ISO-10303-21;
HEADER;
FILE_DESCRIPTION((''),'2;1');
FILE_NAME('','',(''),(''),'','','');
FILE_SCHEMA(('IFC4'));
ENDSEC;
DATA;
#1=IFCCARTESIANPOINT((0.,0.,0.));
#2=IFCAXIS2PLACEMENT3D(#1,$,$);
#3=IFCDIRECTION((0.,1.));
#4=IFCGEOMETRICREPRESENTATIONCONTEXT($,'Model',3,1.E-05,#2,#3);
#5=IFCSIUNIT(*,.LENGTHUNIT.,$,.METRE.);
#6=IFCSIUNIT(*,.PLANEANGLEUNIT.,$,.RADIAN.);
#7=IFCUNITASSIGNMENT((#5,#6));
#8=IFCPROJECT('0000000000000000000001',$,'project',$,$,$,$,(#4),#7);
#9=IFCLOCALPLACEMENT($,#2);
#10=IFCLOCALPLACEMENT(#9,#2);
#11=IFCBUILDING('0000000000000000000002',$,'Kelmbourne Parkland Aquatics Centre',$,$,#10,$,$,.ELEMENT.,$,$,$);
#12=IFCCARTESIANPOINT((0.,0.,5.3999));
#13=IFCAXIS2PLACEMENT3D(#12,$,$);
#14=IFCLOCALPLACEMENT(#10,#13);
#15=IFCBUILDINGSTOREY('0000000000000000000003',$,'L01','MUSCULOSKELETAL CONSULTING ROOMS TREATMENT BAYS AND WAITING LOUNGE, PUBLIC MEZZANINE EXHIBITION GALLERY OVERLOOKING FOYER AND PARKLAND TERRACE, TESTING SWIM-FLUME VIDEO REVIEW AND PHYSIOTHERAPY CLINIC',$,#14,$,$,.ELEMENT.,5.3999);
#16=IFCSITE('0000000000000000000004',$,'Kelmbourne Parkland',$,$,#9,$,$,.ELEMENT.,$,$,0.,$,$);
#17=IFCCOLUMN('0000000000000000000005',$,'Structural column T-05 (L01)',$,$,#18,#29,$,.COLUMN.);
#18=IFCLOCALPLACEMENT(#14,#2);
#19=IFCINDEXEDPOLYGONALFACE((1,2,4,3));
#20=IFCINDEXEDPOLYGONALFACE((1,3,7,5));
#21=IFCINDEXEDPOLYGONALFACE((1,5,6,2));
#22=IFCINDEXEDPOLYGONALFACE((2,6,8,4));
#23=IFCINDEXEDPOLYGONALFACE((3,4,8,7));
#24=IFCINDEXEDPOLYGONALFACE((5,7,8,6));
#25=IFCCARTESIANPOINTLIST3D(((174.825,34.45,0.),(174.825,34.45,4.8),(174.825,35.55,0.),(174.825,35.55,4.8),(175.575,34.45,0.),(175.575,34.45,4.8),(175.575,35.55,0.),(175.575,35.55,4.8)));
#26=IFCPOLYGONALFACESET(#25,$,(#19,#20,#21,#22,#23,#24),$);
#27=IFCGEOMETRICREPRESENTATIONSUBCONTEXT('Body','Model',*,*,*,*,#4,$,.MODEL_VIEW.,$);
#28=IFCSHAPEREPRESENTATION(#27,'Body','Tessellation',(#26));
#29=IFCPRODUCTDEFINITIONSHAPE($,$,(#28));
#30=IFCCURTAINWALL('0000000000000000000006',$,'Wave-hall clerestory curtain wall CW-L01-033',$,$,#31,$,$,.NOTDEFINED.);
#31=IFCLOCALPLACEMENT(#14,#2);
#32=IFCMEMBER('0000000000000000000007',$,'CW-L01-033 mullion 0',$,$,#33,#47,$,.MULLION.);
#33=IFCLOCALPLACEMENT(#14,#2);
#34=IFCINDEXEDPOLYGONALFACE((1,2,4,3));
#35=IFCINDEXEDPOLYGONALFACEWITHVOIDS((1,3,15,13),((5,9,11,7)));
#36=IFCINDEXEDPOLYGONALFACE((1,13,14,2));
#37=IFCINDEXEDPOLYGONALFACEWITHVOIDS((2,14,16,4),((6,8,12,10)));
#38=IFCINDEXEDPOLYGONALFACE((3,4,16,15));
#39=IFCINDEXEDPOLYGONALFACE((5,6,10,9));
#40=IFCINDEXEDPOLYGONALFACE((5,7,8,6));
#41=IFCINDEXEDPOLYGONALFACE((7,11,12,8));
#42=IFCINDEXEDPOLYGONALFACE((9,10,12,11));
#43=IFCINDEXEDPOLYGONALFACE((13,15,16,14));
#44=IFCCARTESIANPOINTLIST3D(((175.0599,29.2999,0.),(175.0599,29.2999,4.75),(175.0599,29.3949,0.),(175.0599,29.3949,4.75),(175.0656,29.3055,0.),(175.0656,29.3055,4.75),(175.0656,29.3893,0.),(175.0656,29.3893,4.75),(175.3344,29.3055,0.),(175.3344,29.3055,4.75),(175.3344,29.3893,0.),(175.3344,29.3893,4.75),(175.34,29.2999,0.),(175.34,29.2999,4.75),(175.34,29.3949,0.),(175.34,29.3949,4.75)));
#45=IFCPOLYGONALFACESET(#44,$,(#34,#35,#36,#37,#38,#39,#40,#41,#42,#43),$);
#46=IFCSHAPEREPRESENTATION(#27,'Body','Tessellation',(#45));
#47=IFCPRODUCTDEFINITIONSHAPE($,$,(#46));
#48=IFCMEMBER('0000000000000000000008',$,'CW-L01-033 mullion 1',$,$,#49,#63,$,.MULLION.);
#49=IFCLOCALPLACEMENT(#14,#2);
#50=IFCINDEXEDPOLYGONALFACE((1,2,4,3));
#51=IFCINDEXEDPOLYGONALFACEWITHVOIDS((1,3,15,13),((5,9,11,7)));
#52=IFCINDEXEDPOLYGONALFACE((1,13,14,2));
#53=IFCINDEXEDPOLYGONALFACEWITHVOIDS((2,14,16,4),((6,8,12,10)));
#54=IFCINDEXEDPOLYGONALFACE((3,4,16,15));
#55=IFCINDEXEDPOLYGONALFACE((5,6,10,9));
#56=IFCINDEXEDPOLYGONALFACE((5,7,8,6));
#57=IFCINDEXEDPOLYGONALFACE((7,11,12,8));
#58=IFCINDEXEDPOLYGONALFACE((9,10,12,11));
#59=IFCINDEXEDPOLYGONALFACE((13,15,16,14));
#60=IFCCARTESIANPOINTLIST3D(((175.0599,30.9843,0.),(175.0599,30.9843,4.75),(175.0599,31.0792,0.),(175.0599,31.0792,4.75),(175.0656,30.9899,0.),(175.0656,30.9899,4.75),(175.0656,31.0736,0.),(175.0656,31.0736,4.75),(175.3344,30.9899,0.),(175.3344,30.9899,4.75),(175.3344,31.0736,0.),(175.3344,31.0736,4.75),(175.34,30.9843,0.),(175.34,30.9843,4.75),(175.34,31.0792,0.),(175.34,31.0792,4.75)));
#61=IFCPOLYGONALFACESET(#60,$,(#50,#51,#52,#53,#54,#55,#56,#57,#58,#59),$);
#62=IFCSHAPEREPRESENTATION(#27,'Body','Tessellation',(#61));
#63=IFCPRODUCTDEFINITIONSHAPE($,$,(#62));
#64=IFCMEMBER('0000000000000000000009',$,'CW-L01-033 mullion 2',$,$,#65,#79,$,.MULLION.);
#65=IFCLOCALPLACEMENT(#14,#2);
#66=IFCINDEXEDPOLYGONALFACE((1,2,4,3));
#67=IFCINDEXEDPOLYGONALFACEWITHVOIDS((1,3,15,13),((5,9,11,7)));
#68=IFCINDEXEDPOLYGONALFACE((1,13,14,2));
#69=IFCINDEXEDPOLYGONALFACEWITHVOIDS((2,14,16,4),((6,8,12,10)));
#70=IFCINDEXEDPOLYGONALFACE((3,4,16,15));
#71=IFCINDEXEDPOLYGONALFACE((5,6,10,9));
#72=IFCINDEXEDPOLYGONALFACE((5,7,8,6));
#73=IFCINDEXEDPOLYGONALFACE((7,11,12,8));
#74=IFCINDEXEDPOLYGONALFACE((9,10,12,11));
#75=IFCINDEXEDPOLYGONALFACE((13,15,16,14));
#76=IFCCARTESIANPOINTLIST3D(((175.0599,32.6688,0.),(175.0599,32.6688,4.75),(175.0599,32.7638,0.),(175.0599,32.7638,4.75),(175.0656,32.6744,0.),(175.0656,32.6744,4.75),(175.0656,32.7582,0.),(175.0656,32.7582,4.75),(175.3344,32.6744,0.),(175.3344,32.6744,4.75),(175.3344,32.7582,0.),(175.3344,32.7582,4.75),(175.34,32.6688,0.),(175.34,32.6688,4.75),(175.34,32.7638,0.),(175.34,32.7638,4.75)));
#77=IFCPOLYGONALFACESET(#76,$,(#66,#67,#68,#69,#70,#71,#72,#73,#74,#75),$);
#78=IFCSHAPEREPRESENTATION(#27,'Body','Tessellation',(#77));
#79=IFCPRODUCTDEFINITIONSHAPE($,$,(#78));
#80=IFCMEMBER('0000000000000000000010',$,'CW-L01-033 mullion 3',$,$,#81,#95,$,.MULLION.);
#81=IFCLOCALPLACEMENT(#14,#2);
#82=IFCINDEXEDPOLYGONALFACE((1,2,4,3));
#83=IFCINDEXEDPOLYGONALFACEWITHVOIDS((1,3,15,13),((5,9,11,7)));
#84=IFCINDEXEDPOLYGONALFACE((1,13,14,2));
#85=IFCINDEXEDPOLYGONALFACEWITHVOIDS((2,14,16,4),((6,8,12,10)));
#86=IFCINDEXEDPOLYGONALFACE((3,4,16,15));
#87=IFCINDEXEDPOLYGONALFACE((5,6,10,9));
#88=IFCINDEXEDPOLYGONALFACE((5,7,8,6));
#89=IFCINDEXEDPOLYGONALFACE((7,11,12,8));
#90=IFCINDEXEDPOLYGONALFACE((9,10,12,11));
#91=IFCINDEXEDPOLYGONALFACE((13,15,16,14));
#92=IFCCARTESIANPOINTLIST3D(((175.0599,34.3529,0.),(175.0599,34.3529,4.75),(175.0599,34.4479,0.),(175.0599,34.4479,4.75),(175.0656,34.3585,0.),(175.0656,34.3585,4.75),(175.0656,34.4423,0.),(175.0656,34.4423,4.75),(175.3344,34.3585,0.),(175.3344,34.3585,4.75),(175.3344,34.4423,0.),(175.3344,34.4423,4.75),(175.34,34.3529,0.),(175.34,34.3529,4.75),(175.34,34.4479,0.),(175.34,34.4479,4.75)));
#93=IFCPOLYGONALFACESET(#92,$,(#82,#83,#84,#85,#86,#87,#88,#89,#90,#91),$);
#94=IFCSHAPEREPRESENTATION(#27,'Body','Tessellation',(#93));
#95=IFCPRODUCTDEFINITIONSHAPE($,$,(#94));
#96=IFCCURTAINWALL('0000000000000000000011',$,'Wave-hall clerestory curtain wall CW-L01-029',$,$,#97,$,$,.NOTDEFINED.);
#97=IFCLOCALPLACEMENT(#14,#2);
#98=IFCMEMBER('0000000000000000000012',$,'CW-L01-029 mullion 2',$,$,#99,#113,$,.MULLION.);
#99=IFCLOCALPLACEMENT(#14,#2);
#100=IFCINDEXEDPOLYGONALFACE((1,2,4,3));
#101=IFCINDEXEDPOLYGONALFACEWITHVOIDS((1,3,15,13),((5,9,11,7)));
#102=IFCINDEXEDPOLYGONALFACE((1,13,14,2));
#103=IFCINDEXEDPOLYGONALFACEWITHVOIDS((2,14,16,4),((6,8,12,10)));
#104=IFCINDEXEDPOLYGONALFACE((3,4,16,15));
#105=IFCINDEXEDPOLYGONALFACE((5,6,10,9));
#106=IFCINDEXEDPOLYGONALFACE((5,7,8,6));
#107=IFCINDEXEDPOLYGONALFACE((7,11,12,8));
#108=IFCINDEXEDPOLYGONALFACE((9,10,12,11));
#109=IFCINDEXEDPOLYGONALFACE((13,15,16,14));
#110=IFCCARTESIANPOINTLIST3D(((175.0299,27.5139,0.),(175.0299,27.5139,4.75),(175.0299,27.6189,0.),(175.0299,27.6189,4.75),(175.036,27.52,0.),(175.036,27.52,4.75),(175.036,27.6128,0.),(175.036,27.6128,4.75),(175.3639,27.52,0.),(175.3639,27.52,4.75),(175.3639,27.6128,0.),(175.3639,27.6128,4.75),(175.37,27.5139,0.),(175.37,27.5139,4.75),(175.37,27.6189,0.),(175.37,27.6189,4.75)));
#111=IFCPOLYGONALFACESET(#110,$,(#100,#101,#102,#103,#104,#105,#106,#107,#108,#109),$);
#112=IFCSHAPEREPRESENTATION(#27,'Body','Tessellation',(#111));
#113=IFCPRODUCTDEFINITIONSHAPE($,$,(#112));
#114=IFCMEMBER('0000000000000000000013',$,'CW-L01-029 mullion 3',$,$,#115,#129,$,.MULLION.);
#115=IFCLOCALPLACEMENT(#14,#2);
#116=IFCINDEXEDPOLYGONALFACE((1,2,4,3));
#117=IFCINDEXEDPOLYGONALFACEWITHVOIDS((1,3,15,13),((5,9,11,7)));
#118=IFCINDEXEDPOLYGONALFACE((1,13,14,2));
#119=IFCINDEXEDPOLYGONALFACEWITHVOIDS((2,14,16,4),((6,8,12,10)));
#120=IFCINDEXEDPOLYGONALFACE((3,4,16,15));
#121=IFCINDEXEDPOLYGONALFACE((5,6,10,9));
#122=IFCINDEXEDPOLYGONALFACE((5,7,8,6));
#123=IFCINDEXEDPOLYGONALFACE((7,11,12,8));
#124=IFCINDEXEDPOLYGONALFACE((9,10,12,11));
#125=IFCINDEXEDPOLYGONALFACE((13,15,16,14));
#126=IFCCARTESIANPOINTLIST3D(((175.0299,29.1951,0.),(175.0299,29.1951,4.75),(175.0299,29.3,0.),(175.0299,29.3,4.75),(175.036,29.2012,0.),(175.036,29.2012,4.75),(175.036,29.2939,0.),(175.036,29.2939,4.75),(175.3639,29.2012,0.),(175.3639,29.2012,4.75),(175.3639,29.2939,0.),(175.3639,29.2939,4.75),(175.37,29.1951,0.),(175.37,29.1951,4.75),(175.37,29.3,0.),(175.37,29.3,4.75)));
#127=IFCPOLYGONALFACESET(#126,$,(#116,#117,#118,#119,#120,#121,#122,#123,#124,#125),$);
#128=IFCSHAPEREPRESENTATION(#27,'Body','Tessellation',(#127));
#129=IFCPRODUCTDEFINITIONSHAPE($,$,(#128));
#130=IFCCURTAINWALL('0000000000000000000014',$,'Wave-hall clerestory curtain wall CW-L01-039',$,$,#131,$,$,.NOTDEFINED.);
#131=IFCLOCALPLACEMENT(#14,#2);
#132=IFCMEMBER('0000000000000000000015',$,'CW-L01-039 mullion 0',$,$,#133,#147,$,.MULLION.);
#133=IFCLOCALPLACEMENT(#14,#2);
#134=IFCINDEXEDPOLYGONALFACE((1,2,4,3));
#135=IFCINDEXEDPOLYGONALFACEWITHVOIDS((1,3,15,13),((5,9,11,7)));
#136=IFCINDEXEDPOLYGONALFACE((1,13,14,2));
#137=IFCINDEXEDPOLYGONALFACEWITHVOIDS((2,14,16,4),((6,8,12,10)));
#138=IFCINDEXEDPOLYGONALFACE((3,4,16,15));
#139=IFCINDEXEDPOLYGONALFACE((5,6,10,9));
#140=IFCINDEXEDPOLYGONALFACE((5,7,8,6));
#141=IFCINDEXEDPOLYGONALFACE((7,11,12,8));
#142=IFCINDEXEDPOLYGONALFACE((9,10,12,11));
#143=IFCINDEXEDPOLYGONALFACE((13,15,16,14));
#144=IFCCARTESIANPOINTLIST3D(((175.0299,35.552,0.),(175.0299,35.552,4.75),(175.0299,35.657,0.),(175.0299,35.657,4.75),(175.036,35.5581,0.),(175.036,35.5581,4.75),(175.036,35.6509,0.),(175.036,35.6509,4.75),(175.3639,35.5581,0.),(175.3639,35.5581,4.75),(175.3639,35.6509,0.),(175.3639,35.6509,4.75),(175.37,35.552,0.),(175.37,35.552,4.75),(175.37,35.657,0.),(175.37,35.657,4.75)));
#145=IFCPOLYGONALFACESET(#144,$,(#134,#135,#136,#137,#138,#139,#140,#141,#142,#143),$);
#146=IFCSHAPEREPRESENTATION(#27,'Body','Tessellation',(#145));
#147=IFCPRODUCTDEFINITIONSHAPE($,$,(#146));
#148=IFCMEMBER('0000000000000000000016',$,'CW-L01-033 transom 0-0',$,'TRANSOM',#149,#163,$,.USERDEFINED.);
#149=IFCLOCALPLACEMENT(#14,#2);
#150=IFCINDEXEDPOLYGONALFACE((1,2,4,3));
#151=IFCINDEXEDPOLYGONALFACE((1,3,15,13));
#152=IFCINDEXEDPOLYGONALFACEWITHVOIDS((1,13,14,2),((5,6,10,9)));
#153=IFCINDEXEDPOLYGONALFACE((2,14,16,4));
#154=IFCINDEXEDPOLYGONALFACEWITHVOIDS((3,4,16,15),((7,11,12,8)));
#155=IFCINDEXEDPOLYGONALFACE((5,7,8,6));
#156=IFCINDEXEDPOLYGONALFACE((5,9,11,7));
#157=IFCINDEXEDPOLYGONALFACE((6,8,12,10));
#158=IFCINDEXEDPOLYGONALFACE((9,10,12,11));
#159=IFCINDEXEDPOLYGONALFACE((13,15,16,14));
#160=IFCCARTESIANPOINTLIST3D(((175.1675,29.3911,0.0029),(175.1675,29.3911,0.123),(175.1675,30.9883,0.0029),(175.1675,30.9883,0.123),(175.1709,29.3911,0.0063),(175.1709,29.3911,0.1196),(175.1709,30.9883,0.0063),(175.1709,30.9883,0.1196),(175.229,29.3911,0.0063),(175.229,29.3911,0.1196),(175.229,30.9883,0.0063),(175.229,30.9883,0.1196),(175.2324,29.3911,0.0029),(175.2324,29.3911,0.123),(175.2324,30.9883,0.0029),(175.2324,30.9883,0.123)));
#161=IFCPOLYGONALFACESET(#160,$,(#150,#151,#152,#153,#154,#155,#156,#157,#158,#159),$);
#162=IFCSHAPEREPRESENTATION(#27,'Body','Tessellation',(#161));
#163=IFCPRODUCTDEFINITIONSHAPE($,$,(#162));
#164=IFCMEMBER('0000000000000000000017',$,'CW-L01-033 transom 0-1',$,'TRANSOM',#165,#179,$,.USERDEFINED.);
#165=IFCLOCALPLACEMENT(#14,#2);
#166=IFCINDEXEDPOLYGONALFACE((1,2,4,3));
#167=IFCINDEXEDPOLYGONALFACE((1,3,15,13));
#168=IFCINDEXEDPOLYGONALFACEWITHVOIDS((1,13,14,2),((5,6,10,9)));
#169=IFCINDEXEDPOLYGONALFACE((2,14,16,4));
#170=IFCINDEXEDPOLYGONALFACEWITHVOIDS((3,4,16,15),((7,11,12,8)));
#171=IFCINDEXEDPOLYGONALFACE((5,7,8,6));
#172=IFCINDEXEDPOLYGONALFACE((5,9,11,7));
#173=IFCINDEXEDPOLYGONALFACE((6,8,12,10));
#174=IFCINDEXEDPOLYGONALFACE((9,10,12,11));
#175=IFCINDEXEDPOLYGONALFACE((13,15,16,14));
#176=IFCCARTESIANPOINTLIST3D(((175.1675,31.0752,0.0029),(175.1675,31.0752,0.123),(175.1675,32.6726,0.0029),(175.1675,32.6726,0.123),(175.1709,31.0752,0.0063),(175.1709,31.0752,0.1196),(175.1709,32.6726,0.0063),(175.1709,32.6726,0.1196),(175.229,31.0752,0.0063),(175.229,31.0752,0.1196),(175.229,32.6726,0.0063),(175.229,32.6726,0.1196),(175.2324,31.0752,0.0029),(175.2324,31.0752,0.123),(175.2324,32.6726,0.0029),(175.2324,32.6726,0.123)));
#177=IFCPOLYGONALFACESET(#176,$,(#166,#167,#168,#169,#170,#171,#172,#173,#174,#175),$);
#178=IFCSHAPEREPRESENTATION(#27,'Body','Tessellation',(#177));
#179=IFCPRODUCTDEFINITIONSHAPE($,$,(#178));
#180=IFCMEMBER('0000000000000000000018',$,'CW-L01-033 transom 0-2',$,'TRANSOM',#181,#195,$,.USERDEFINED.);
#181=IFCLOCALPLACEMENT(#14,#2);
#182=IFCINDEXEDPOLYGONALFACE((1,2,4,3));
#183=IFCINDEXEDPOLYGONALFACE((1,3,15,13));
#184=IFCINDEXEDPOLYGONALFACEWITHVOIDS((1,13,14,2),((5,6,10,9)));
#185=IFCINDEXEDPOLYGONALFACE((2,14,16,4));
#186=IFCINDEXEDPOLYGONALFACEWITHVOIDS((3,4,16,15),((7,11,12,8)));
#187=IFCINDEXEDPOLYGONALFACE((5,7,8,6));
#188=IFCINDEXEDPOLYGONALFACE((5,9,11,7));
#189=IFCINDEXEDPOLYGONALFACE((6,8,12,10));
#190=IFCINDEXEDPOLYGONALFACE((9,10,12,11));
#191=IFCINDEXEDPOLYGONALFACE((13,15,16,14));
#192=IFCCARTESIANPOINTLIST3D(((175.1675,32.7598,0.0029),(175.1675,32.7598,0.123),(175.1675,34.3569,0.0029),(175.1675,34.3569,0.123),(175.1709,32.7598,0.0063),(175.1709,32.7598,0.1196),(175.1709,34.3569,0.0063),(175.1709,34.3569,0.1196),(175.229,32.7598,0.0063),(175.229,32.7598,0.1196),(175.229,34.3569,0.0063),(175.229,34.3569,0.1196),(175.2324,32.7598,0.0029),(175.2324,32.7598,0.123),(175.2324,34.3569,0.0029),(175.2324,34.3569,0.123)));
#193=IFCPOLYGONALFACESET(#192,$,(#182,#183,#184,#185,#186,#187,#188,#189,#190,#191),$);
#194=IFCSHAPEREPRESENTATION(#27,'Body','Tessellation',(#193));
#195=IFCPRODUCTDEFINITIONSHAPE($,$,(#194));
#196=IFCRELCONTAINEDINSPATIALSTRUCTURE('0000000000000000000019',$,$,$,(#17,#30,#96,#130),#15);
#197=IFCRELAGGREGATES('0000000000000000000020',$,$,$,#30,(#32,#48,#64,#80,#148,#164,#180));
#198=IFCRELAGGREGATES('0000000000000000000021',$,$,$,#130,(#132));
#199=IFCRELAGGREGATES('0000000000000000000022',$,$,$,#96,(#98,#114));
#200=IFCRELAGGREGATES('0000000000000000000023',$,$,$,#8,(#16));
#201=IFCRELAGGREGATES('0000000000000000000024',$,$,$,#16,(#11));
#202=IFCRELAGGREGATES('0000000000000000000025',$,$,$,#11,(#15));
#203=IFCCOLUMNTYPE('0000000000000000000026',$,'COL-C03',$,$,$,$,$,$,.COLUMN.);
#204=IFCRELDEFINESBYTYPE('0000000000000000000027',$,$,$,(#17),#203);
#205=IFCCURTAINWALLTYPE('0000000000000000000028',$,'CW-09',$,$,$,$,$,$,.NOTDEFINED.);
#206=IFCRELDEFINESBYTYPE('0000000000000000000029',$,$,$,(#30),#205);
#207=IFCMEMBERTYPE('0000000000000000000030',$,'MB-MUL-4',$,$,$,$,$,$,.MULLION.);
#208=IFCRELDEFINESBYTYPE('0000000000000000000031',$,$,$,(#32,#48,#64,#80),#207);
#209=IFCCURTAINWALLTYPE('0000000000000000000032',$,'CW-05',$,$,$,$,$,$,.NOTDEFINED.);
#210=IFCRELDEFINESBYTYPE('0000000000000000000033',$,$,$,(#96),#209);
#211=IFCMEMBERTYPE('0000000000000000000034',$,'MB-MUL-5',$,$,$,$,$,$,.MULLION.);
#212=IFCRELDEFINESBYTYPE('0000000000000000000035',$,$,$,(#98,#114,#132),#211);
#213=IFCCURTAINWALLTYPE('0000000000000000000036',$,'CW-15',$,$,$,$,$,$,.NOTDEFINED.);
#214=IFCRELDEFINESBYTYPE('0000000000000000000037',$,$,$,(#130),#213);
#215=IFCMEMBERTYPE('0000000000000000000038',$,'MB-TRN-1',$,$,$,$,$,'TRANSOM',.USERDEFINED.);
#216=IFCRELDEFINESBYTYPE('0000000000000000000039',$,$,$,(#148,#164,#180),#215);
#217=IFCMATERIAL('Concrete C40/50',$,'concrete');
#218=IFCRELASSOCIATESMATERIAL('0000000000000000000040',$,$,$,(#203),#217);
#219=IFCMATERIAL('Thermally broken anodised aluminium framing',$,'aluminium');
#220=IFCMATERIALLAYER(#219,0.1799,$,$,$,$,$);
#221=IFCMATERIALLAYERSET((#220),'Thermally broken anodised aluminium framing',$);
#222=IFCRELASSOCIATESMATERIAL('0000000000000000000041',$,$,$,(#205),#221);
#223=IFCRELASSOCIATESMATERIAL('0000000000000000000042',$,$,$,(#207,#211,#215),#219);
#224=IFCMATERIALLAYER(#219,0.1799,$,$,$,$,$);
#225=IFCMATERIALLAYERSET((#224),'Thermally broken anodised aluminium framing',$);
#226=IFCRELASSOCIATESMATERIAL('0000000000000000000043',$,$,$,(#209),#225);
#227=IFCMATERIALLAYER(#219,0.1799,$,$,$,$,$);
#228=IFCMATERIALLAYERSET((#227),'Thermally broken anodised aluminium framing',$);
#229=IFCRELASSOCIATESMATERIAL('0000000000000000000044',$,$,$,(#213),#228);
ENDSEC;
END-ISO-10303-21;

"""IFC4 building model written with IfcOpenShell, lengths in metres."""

from ifc_helpers import new_model, si_unit, direction, frame, origin, origin_2d, place, context, subcontext, project, spatial, rectangle, hollow_rectangle, extrude, material, layer, layer_set, material_profile, profile_set, type_object, element, aggregate, save


model = new_model("IFC4")

# Units and contexts
model_context = context("Model", 3, precision=1e-05, world=origin(), true_north=direction((0.0, 1.0)))
body_context = subcontext(model_context, "Body", "Model", "MODEL_VIEW")
ifc_project = project(units=[si_unit("LENGTHUNIT", "METRE"), si_unit("PLANEANGLEUNIT", "RADIAN")], contexts=[model_context])

# Site, building, storey
site_placement = place(None, origin())
site = spatial("IfcSite", under=ifc_project, at=site_placement, Name="Kelmbourne Parkland", CompositionType="ELEMENT", RefElevation=0.0)
building_placement = place(site_placement, origin())
building = spatial("IfcBuilding", under=site, at=building_placement, Name="Kelmbourne Parkland Aquatics Centre", CompositionType="ELEMENT")
storey_placement = place(building_placement, frame((0.0, 0.0, 5.3999)))
storey = spatial("IfcBuildingStorey", under=building, at=storey_placement, Name="L01", Description="MUSCULOSKELETAL CONSULTING ROOMS TREATMENT BAYS AND WAITING LOUNGE, PUBLIC MEZZANINE EXHIBITION GALLERY OVERLOOKING FOYER AND PARKLAND TERRACE, TESTING SWIM-FLUME VIDEO REVIEW AND PHYSIOTHERAPY CLINIC", CompositionType="ELEMENT", Elevation=5.3999)

# Column
ifc_material_1 = material(Name="Concrete C40/50", Category="concrete")
ifc_material_profile_1 = material_profile(ifc_material_1, rectangle(XDim=0.75, YDim=1.1001, at=origin_2d()), Name="RC 750x1100")
ifc_profile_set_1 = profile_set([ifc_material_profile_1], Name="Concrete C40/50")
column_type = type_object("IfcColumnType", Name="COL-C03", PredefinedType="COLUMN", material=ifc_profile_set_1)
column_placement = place(storey_placement, frame((175.2, 35.0, 0.0), z_axis=(0.0, 0.0, 1.0), x_axis=(1.0, 0.0, 0.0)))
element("IfcColumn", 1, at=column_placement, inside=storey, type_object=column_type, Name="Structural column T-05 (L01)", PredefinedType="COLUMN", context=body_context, shape_type="SweptSolid", body=[
    extrude(rectangle(XDim=0.75, YDim=1.1001, at=origin_2d()), origin(), (0.0, 0.0, 1.0), 4.8),
])

# Curtain walls, members
ifc_material_2 = material(Name="Thermally broken anodised aluminium framing", Category="aluminium")
ifc_layer_1 = layer(ifc_material_2, 0.1799)
ifc_layer_set_1 = layer_set([ifc_layer_1], Name="Thermally broken anodised aluminium framing")
curtain_wall_type_1 = type_object("IfcCurtainWallType", Name="CW-09", PredefinedType="NOTDEFINED", material=ifc_layer_set_1)
curtain_wall_1_placement = place(storey_placement, origin())
curtain_wall_1 = element("IfcCurtainWall", 2, at=curtain_wall_1_placement, inside=storey, type_object=curtain_wall_type_1, Name="Wave-hall clerestory curtain wall CW-L01-033", PredefinedType="NOTDEFINED")
ifc_material_profile_2 = material_profile(ifc_material_2, hollow_rectangle(XDim=0.095, YDim=0.28, WallThickness=0.0056, at=origin_2d()), Name="CW-M 95x280")
ifc_profile_set_2 = profile_set([ifc_material_profile_2], Name="Thermally broken anodised aluminium framing")
member_type_1 = type_object("IfcMemberType", Name="MB-MUL-4", PredefinedType="MULLION", material=ifc_profile_set_2)
member_1_placement = place(storey_placement, frame((175.2, 29.3474, 0.0), z_axis=(0.0, 0.0, 1.0), x_axis=(0.0, 1.0, 0.0)))
member_1 = element("IfcMember", 3, at=member_1_placement, type_object=member_type_1, Name="CW-L01-033 mullion 0", PredefinedType="MULLION", context=body_context, shape_type="SweptSolid", body=[
    extrude(hollow_rectangle(XDim=0.095, YDim=0.28, WallThickness=0.0056, at=origin_2d()), origin(), (0.0, 0.0, 1.0), 4.75),
])
member_2_placement = place(storey_placement, frame((175.2, 31.0317, 0.0), z_axis=(0.0, 0.0, 1.0), x_axis=(0.0, 1.0, 0.0)))
member_2 = element("IfcMember", 4, at=member_2_placement, type_object=member_type_1, Name="CW-L01-033 mullion 1", PredefinedType="MULLION", context=body_context, shape_type="SweptSolid", body=[
    extrude(hollow_rectangle(XDim=0.095, YDim=0.28, WallThickness=0.0056, at=origin_2d()), origin(), (0.0, 0.0, 1.0), 4.75),
])
member_3_placement = place(storey_placement, frame((175.2, 32.7163, 0.0), z_axis=(0.0, 0.0, 1.0), x_axis=(0.0, 1.0, 0.0)))
member_3 = element("IfcMember", 5, at=member_3_placement, type_object=member_type_1, Name="CW-L01-033 mullion 2", PredefinedType="MULLION", context=body_context, shape_type="SweptSolid", body=[
    extrude(hollow_rectangle(XDim=0.095, YDim=0.28, WallThickness=0.0056, at=origin_2d()), origin(), (0.0, 0.0, 1.0), 4.75),
])
member_4_placement = place(storey_placement, frame((175.2, 34.4004, 0.0), z_axis=(0.0, 0.0, 1.0), x_axis=(0.0, 1.0, 0.0)))
member_4 = element("IfcMember", 6, at=member_4_placement, type_object=member_type_1, Name="CW-L01-033 mullion 3", PredefinedType="MULLION", context=body_context, shape_type="SweptSolid", body=[
    extrude(hollow_rectangle(XDim=0.095, YDim=0.28, WallThickness=0.0056, at=origin_2d()), origin(), (0.0, 0.0, 1.0), 4.75),
])
ifc_layer_2 = layer(ifc_material_2, 0.1799)
ifc_layer_set_2 = layer_set([ifc_layer_2], Name="Thermally broken anodised aluminium framing")
curtain_wall_type_2 = type_object("IfcCurtainWallType", Name="CW-05", PredefinedType="NOTDEFINED", material=ifc_layer_set_2)
curtain_wall_2_placement = place(storey_placement, origin())
curtain_wall_2 = element("IfcCurtainWall", 7, at=curtain_wall_2_placement, inside=storey, type_object=curtain_wall_type_2, Name="Wave-hall clerestory curtain wall CW-L01-029", PredefinedType="NOTDEFINED")
ifc_material_profile_3 = material_profile(ifc_material_2, hollow_rectangle(XDim=0.105, YDim=0.3401, WallThickness=0.0061, at=origin_2d()), Name="CW-M 105x340")
ifc_profile_set_3 = profile_set([ifc_material_profile_3], Name="Thermally broken anodised aluminium framing")
member_type_2 = type_object("IfcMemberType", Name="MB-MUL-5", PredefinedType="MULLION", material=ifc_profile_set_3)
member_5_placement = place(storey_placement, frame((175.2, 27.5664, 0.0), z_axis=(0.0, 0.0, 1.0), x_axis=(0.0, 1.0, 0.0)))
member_5 = element("IfcMember", 8, at=member_5_placement, type_object=member_type_2, Name="CW-L01-029 mullion 2", PredefinedType="MULLION", context=body_context, shape_type="SweptSolid", body=[
    extrude(hollow_rectangle(XDim=0.105, YDim=0.3401, WallThickness=0.0061, at=origin_2d()), origin(), (0.0, 0.0, 1.0), 4.75),
])
member_6_placement = place(storey_placement, frame((175.2, 29.2476, 0.0), z_axis=(0.0, 0.0, 1.0), x_axis=(0.0, 1.0, 0.0)))
member_6 = element("IfcMember", 9, at=member_6_placement, type_object=member_type_2, Name="CW-L01-029 mullion 3", PredefinedType="MULLION", context=body_context, shape_type="SweptSolid", body=[
    extrude(hollow_rectangle(XDim=0.105, YDim=0.3401, WallThickness=0.0061, at=origin_2d()), origin(), (0.0, 0.0, 1.0), 4.75),
])

# Curtain wall, member
ifc_layer_3 = layer(ifc_material_2, 0.1799)
ifc_layer_set_3 = layer_set([ifc_layer_3], Name="Thermally broken anodised aluminium framing")
curtain_wall_type_3 = type_object("IfcCurtainWallType", Name="CW-15", PredefinedType="NOTDEFINED", material=ifc_layer_set_3)
curtain_wall_3_placement = place(storey_placement, origin())
curtain_wall_3 = element("IfcCurtainWall", 10, at=curtain_wall_3_placement, inside=storey, type_object=curtain_wall_type_3, Name="Wave-hall clerestory curtain wall CW-L01-039", PredefinedType="NOTDEFINED")
member_7_placement = place(storey_placement, frame((175.2, 35.6045, 0.0), z_axis=(0.0, 0.0, 1.0), x_axis=(0.0, 1.0, 0.0)))
member_7 = element("IfcMember", 11, at=member_7_placement, type_object=member_type_2, Name="CW-L01-039 mullion 0", PredefinedType="MULLION", context=body_context, shape_type="SweptSolid", body=[
    extrude(hollow_rectangle(XDim=0.105, YDim=0.3401, WallThickness=0.0061, at=origin_2d()), origin(), (0.0, 0.0, 1.0), 4.75),
])

# Members
ifc_material_profile_4 = material_profile(ifc_material_2, hollow_rectangle(XDim=0.0649, YDim=0.1201, WallThickness=0.0034, at=origin_2d()), Name="CW-T 65x120")
ifc_profile_set_4 = profile_set([ifc_material_profile_4], Name="Thermally broken anodised aluminium framing")
member_type_3 = type_object("IfcMemberType", Name="MB-TRN-1", ElementType="TRANSOM", PredefinedType="USERDEFINED", material=ifc_profile_set_4)
member_8_placement = place(storey_placement, frame((175.2, 29.3911, 0.063), z_axis=(0.0, 1.0, 0.0), x_axis=(-1.0, 0.0, 0.0)))
member_8 = element("IfcMember", 12, at=member_8_placement, type_object=member_type_3, Name="CW-L01-033 transom 0-0", ObjectType="TRANSOM", PredefinedType="USERDEFINED", context=body_context, shape_type="SweptSolid", body=[
    extrude(hollow_rectangle(XDim=0.0649, YDim=0.1201, WallThickness=0.0034, at=origin_2d()), origin(), (0.0, 0.0, 1.0), 1.5972),
])
member_9_placement = place(storey_placement, frame((175.2, 31.0752, 0.063), z_axis=(0.0, 1.0, 0.0), x_axis=(-1.0, 0.0, 0.0)))
member_9 = element("IfcMember", 13, at=member_9_placement, type_object=member_type_3, Name="CW-L01-033 transom 0-1", ObjectType="TRANSOM", PredefinedType="USERDEFINED", context=body_context, shape_type="SweptSolid", body=[
    extrude(hollow_rectangle(XDim=0.0649, YDim=0.1201, WallThickness=0.0034, at=origin_2d()), origin(), (0.0, 0.0, 1.0), 1.5974),
])
member_10_placement = place(storey_placement, frame((175.2, 32.7598, 0.063), z_axis=(0.0, 1.0, 0.0), x_axis=(-1.0, 0.0, 0.0)))
member_10 = element("IfcMember", 14, at=member_10_placement, type_object=member_type_3, Name="CW-L01-033 transom 0-2", ObjectType="TRANSOM", PredefinedType="USERDEFINED", context=body_context, shape_type="SweptSolid", body=[
    extrude(hollow_rectangle(XDim=0.0649, YDim=0.1201, WallThickness=0.0034, at=origin_2d()), origin(), (0.0, 0.0, 1.0), 1.5972),
])

aggregate(curtain_wall_1, [member_1, member_2, member_3, member_4, member_8, member_9, member_10])
aggregate(curtain_wall_3, [member_7])
aggregate(curtain_wall_2, [member_5, member_6])

save(model, "model.ifc")
